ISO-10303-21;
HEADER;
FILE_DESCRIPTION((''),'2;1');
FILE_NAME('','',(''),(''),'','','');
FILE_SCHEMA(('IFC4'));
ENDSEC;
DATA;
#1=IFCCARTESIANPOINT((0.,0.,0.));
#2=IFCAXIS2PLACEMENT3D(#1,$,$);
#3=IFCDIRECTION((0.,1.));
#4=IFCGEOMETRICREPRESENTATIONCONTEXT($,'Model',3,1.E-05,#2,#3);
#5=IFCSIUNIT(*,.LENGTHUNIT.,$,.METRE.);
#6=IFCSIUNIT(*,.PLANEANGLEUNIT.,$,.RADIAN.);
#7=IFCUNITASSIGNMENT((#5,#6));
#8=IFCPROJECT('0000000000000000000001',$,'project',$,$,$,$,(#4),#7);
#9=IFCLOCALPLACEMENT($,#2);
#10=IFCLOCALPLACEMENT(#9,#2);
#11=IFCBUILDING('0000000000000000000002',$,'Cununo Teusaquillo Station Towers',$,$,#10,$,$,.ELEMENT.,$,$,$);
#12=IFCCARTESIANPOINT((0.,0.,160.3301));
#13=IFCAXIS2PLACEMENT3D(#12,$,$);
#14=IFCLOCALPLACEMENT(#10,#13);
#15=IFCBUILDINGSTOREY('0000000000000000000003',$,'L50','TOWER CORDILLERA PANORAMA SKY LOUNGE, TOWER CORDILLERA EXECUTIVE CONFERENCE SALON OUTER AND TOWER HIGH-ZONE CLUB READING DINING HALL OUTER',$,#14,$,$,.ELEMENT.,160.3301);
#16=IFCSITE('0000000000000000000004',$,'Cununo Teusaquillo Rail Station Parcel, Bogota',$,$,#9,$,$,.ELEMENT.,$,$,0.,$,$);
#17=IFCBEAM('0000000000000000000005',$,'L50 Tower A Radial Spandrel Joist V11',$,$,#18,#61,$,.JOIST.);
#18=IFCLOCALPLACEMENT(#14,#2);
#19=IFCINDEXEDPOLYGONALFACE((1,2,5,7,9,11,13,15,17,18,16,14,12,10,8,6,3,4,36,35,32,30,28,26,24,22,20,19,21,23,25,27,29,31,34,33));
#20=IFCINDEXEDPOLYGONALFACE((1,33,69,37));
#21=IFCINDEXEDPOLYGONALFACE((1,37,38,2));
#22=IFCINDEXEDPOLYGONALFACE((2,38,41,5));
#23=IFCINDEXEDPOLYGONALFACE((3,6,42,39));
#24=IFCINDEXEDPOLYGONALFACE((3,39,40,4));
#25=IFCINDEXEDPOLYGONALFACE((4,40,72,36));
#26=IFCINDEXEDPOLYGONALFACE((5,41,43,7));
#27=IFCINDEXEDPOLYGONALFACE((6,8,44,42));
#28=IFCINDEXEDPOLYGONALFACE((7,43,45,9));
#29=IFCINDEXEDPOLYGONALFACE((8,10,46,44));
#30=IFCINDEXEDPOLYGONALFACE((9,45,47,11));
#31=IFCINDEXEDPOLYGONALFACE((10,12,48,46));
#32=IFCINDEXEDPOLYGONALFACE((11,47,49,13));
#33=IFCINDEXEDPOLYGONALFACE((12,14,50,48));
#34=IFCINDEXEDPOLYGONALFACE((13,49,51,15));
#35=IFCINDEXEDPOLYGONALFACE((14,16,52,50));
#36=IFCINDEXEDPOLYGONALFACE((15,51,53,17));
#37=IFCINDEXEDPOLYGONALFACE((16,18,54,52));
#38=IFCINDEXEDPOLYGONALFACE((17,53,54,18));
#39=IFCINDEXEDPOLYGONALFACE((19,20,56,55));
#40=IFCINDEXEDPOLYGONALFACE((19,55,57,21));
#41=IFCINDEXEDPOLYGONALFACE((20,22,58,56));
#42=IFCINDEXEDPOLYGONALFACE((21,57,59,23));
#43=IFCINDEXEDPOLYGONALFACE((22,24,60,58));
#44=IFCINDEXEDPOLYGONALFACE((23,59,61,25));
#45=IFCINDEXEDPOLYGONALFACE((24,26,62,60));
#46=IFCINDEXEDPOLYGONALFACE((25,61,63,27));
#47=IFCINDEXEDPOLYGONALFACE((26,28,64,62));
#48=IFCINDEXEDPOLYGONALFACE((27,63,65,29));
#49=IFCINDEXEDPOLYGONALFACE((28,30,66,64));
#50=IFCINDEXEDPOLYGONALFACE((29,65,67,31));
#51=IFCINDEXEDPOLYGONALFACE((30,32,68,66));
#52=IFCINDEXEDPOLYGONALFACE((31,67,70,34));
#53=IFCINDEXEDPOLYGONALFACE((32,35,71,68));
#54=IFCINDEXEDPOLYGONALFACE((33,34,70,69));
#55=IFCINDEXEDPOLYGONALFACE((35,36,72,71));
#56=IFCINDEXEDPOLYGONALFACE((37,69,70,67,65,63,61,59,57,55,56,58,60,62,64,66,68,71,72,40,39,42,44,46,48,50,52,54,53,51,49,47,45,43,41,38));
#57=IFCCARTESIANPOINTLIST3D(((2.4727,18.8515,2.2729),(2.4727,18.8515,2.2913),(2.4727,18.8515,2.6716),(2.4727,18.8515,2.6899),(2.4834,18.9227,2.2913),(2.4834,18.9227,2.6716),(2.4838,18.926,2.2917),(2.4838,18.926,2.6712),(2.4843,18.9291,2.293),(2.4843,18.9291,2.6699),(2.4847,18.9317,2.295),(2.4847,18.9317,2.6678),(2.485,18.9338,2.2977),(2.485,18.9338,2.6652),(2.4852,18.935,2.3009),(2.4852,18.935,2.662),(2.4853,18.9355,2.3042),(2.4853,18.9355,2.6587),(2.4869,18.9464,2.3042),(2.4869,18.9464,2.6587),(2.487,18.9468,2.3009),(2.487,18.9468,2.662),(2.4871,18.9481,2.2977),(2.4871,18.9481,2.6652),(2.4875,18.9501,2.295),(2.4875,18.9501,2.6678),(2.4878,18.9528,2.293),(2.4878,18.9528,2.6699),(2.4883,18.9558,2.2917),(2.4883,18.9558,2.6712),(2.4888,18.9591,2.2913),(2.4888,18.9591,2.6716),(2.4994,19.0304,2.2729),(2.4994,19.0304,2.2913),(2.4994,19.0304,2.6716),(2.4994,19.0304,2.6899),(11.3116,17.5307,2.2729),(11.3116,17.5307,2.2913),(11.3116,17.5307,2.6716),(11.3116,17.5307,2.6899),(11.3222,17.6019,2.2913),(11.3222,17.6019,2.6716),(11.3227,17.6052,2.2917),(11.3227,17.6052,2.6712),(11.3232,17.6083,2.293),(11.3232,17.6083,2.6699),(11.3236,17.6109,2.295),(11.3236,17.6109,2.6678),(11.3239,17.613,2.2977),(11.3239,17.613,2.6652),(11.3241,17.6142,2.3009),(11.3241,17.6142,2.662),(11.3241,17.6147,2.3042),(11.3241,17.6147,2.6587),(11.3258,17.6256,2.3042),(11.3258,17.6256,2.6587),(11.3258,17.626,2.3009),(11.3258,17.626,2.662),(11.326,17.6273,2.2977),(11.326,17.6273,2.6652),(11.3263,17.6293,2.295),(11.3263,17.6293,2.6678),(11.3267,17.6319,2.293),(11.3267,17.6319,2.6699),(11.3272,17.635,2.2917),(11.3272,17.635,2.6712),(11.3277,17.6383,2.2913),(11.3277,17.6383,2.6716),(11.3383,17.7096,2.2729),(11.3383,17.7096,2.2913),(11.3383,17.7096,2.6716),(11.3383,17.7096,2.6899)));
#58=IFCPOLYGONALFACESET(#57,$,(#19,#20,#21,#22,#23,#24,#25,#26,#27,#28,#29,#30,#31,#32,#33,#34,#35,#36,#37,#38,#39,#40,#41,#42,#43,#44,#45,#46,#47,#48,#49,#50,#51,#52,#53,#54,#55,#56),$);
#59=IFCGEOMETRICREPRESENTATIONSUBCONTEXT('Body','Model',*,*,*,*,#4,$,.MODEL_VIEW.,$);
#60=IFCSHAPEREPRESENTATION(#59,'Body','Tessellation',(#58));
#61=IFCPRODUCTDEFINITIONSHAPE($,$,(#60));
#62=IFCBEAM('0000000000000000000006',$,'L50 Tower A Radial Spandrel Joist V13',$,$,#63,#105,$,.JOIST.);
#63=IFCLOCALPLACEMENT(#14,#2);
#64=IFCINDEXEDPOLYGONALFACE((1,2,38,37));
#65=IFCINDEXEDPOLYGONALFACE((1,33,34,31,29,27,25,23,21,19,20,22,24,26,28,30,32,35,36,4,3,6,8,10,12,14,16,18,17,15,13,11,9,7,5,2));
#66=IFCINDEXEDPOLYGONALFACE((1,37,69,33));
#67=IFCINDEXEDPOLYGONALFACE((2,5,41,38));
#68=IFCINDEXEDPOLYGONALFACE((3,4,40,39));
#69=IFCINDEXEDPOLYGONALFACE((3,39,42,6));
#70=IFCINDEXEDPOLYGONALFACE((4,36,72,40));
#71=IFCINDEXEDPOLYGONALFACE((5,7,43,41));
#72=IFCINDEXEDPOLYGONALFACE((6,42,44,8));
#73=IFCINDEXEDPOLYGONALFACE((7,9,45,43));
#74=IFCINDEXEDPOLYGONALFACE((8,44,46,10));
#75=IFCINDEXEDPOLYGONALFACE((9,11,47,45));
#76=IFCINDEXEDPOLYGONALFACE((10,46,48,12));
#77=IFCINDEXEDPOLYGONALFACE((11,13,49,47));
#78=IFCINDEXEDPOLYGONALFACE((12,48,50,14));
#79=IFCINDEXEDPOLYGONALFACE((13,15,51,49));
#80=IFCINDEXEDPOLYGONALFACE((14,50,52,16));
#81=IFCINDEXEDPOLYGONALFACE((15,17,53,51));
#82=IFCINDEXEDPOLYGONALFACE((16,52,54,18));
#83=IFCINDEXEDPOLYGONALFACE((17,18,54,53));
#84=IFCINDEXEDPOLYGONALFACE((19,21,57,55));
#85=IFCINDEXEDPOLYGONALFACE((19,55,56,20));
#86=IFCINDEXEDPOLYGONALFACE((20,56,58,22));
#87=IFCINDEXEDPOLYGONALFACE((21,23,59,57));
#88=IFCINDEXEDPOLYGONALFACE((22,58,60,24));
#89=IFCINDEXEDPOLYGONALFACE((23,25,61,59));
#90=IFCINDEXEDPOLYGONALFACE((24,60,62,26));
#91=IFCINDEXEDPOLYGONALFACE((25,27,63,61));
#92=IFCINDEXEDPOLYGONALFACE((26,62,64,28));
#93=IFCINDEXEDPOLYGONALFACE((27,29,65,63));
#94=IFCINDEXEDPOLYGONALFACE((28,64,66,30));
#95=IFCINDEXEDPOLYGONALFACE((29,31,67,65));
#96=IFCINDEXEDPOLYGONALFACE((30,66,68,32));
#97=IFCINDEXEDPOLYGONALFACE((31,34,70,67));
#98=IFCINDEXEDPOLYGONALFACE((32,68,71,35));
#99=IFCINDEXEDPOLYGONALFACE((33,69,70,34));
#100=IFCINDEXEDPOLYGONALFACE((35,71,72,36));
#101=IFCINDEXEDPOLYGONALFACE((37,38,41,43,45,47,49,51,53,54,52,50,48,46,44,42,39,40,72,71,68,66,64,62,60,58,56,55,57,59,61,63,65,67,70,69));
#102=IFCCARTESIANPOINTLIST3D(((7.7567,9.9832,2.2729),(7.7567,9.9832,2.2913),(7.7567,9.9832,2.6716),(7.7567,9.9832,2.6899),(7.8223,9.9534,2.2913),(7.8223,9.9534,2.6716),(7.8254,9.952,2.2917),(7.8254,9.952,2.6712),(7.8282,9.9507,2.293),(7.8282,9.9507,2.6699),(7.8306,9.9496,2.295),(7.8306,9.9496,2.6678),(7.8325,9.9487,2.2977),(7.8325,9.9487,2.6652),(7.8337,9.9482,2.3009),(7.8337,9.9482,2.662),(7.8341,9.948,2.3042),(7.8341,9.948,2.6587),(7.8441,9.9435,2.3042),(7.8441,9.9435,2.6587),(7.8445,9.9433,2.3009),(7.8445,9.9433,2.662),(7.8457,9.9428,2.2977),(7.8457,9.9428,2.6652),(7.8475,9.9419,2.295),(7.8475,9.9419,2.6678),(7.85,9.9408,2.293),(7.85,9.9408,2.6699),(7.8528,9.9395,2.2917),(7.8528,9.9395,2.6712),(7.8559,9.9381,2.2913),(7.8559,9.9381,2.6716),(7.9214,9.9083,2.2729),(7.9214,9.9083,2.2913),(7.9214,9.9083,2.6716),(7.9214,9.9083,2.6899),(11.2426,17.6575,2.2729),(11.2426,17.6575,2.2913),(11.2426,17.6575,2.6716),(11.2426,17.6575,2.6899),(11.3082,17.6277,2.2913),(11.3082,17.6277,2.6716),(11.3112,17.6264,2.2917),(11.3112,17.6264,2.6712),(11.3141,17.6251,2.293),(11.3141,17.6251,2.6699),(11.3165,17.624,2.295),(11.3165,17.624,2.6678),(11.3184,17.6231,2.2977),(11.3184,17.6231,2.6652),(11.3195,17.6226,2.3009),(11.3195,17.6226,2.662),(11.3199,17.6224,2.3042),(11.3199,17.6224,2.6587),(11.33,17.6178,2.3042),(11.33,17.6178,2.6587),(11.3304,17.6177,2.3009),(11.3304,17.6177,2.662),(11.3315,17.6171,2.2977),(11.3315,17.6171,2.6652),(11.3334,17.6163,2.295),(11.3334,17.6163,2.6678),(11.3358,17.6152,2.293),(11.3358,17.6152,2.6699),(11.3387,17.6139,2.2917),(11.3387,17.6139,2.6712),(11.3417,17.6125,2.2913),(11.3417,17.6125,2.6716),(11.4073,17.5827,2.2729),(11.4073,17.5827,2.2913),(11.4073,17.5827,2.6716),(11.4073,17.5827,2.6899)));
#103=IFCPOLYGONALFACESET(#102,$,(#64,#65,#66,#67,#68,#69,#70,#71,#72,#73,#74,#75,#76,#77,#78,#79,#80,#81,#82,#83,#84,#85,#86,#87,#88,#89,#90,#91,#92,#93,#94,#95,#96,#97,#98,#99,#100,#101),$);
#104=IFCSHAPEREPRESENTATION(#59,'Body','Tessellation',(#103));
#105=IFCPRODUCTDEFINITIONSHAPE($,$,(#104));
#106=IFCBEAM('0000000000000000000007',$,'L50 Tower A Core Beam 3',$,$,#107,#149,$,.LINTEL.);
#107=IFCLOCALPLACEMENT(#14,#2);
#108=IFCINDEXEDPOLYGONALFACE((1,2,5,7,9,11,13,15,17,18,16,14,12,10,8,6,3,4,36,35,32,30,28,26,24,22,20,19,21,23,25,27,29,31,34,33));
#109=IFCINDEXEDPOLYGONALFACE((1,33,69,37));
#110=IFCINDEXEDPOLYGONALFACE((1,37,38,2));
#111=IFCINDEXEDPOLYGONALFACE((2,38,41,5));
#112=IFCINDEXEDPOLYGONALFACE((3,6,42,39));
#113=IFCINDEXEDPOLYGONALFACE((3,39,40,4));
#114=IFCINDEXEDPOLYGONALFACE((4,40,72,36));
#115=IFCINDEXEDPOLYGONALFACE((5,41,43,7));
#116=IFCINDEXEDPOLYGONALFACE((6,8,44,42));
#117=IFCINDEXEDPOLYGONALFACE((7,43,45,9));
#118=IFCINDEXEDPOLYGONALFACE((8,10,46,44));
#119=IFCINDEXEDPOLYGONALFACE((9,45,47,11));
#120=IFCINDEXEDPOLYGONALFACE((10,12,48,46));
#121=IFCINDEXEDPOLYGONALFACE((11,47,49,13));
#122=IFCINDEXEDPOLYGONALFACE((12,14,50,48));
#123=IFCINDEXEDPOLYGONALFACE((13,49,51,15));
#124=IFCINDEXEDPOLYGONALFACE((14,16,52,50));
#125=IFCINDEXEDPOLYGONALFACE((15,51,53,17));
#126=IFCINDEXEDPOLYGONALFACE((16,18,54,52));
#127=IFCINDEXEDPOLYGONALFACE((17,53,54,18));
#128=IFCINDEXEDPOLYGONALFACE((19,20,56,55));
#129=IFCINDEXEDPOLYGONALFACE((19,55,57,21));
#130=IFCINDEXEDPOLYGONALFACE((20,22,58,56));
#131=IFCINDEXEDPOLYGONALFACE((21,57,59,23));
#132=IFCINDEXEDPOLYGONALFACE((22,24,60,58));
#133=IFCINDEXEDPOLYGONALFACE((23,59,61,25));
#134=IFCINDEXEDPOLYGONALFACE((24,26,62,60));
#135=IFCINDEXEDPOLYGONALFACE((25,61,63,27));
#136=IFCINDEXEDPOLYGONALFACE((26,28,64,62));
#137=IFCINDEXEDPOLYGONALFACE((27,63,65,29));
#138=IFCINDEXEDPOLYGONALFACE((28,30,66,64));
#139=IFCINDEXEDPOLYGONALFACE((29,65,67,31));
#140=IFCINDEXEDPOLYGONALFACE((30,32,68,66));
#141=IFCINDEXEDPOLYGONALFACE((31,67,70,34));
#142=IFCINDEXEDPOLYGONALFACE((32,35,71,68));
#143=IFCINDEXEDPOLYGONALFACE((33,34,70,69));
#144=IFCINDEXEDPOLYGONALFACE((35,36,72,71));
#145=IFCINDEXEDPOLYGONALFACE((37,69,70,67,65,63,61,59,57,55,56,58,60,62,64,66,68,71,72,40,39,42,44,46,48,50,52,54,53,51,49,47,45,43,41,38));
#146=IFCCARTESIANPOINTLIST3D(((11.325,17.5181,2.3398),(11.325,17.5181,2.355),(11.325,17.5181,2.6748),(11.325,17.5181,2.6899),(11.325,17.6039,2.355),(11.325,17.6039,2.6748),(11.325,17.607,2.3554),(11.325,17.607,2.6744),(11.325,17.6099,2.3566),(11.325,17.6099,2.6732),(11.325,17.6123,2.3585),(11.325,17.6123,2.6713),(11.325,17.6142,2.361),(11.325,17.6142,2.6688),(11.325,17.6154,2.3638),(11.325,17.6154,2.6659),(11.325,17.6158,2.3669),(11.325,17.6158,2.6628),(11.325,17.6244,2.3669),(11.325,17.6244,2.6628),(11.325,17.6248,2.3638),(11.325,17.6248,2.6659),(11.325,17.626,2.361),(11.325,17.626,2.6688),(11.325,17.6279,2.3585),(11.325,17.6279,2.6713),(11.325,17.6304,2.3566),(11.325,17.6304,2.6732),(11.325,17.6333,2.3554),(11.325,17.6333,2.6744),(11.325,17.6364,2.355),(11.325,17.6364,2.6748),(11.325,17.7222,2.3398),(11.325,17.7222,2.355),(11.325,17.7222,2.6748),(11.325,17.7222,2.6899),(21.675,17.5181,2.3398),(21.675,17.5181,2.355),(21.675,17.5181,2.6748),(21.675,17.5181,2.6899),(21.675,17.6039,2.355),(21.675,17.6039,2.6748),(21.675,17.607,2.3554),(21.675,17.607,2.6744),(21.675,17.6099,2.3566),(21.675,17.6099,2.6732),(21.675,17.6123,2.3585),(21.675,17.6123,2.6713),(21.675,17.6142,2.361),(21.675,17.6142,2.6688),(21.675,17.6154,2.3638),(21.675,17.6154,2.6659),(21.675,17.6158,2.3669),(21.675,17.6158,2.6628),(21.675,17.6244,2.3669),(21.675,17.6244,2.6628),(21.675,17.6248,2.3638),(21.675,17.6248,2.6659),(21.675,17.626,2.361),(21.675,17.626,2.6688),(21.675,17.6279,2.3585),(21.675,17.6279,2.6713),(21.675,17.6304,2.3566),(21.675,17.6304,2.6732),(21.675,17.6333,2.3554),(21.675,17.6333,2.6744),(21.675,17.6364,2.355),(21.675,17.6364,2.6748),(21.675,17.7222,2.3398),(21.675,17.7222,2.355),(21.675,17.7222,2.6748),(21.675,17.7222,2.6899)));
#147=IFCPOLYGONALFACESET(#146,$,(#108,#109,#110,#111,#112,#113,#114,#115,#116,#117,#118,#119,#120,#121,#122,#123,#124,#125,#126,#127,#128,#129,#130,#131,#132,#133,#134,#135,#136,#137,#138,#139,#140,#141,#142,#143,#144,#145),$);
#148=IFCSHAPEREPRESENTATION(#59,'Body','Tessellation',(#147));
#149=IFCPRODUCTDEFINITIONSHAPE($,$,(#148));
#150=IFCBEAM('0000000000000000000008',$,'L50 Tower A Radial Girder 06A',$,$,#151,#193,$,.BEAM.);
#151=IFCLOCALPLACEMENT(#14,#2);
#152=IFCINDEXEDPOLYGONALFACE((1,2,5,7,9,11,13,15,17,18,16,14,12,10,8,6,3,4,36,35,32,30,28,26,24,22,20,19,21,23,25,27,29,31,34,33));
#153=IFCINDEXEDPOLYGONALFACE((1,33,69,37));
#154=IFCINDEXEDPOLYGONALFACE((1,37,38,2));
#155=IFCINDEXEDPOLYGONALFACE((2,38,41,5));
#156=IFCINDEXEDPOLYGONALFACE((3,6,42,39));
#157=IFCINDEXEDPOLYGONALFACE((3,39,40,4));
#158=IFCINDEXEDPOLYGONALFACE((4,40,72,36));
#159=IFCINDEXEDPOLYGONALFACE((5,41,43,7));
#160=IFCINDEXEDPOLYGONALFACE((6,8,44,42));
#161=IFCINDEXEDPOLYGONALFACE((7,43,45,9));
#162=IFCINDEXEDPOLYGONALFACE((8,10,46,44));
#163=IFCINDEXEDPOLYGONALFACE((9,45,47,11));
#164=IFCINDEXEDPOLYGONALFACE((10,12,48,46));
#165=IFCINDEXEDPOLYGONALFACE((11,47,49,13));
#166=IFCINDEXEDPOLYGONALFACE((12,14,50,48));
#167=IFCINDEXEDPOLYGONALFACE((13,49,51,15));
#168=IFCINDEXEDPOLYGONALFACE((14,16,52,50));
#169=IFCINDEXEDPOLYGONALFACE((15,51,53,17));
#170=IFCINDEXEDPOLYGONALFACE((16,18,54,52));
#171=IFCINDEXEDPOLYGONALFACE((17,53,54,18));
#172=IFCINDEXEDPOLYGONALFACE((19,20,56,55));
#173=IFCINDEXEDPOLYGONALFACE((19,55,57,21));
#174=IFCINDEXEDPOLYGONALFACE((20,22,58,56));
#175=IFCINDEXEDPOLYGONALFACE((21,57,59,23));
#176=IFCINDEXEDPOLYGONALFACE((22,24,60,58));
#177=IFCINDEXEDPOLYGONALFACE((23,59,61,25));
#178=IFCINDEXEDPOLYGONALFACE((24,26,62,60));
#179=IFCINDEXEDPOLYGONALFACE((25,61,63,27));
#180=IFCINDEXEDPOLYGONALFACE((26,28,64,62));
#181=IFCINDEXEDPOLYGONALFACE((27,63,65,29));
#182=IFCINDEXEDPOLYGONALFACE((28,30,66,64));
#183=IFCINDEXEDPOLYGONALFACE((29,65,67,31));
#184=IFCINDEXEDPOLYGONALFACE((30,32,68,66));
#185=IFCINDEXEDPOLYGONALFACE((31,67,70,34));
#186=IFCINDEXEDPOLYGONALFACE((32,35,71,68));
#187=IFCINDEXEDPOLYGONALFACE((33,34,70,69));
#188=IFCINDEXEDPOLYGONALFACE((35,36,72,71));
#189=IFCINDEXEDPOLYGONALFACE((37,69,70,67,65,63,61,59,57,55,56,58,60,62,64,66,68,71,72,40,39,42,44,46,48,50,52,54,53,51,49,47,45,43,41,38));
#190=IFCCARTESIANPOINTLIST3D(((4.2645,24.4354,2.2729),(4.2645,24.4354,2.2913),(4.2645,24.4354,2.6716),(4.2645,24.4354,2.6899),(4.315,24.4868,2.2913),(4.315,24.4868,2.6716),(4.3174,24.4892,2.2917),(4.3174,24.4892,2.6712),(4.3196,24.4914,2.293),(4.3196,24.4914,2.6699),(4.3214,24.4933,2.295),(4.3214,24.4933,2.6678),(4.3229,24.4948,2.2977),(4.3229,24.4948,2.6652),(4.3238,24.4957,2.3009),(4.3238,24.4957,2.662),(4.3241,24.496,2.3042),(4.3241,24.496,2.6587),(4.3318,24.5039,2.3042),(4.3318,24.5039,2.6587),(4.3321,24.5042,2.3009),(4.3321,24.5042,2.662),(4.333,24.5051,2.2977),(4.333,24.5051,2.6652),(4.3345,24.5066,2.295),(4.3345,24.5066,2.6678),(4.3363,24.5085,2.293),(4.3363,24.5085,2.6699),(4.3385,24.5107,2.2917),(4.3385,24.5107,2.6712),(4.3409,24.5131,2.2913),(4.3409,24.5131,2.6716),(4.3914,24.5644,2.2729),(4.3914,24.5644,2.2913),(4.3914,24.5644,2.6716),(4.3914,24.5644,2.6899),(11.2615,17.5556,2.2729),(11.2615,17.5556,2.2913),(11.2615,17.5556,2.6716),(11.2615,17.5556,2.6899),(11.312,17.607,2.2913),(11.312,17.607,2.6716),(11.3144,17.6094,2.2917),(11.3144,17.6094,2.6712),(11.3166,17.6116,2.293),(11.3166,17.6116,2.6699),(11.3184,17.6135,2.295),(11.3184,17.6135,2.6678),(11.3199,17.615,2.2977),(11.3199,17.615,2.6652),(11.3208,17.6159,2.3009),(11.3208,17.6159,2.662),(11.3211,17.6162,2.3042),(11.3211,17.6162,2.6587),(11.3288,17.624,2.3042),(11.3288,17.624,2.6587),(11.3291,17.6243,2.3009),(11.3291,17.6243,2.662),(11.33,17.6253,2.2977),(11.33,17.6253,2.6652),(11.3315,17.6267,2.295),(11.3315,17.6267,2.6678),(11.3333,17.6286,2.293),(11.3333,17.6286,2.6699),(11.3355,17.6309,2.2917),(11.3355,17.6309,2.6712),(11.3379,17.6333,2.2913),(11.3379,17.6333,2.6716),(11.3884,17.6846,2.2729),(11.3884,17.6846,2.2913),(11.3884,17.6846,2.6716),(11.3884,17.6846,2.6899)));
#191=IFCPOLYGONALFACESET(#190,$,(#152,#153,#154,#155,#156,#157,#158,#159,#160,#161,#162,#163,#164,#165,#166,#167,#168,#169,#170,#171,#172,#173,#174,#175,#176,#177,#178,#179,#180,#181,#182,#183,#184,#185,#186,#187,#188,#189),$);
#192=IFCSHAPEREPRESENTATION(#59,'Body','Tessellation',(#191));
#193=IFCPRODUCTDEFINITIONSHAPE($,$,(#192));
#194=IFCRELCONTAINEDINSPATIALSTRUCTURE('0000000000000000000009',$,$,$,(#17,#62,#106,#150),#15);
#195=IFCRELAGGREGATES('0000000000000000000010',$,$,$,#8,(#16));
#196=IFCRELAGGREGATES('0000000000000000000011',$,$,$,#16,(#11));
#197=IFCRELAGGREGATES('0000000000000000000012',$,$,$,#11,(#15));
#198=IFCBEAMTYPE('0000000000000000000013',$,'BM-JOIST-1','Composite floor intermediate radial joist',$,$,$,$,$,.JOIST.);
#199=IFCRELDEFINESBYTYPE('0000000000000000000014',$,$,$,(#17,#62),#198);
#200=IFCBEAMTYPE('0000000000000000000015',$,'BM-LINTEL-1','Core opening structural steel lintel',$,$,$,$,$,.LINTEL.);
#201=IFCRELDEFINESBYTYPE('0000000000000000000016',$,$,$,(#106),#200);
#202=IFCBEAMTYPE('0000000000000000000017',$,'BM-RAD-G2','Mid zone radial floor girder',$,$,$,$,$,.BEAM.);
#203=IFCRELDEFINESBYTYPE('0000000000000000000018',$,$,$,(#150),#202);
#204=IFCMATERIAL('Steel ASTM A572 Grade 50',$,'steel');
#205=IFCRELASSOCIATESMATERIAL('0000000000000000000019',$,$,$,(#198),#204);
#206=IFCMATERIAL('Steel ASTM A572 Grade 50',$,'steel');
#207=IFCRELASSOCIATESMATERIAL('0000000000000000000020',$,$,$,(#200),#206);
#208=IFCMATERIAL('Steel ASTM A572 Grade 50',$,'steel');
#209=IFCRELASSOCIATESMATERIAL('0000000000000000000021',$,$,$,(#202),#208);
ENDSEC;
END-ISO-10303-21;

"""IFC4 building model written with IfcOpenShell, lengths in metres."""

from ifc_helpers import new_model, si_unit, direction, frame, origin, origin_2d, place, context, subcontext, project, spatial, i_section, extrude, material, material_profile, profile_set, type_object, element, save


model = new_model("IFC4")

# Units and contexts
model_context = context("Model", 3, precision=1e-05, world=origin(), true_north=direction((0.0, 1.0)))
body_context = subcontext(model_context, "Body", "Model", "MODEL_VIEW")
ifc_project = project(units=[si_unit("LENGTHUNIT", "METRE"), si_unit("PLANEANGLEUNIT", "RADIAN")], contexts=[model_context])

# Site, building, storey
site_placement = place(None, origin())
site = spatial("IfcSite", under=ifc_project, at=site_placement, Name="Cununo Teusaquillo Rail Station Parcel, Bogota", CompositionType="ELEMENT", RefElevation=0.0)
building_placement = place(site_placement, origin())
building = spatial("IfcBuilding", under=site, at=building_placement, Name="Cununo Teusaquillo Station Towers", CompositionType="ELEMENT")
storey_placement = place(building_placement, frame((0.0, 0.0, 160.3301)))
storey = spatial("IfcBuildingStorey", under=building, at=storey_placement, Name="L50", Description="TOWER CORDILLERA PANORAMA SKY LOUNGE, TOWER CORDILLERA EXECUTIVE CONFERENCE SALON OUTER AND TOWER HIGH-ZONE CLUB READING DINING HALL OUTER", CompositionType="ELEMENT", Elevation=160.3301)

# Beams
ifc_material_1 = material(Name="Steel ASTM A572 Grade 50", Category="steel")
ifc_material_profile_1 = material_profile(ifc_material_1, i_section(OverallWidth=0.1809, OverallDepth=0.417, WebThickness=0.011, FlangeThickness=0.0183, FilletRadius=0.0129, at=origin_2d()), Name="W16X57")
ifc_profile_set_1 = profile_set([ifc_material_profile_1], Name="Steel ASTM A572 Grade 50")
beam_type_1 = type_object("IfcBeamType", Name="BM-JOIST-1", Description="Composite floor intermediate radial joist", PredefinedType="JOIST", material=ifc_profile_set_1)
beam_1_placement = place(storey_placement, frame((11.325, 17.6201, 2.4814), z_axis=(-0.989019, 0.14779, 0.0), x_axis=(-0.14779, -0.989019, 0.0)))
element("IfcBeam", 1, at=beam_1_placement, inside=storey, type_object=beam_type_1, Name="L50 Tower A Radial Spandrel Joist V11", PredefinedType="JOIST", context=body_context, shape_type="SweptSolid", body=[
    extrude(i_section(OverallWidth=0.1809, OverallDepth=0.417, WebThickness=0.011, FlangeThickness=0.0183, FilletRadius=0.0129, at=origin_2d()), origin(), (0.0, 0.0, 1.0), 8.937),
])
beam_2_placement = place(storey_placement, frame((11.325, 17.6201, 2.4814), z_axis=(-0.413559, -0.910478, 0.0), x_axis=(0.910478, -0.413559, 0.0)))
element("IfcBeam", 2, at=beam_2_placement, inside=storey, type_object=beam_type_1, Name="L50 Tower A Radial Spandrel Joist V13", PredefinedType="JOIST", context=body_context, shape_type="SweptSolid", body=[
    extrude(i_section(OverallWidth=0.1809, OverallDepth=0.417, WebThickness=0.011, FlangeThickness=0.0183, FilletRadius=0.0129, at=origin_2d()), origin(), (0.0, 0.0, 1.0), 8.429),
])
ifc_material_2 = material(Name="Steel ASTM A572 Grade 50", Category="steel")
ifc_material_profile_2 = material_profile(ifc_material_2, i_section(OverallWidth=0.2041, OverallDepth=0.3501, WebThickness=0.0085, FlangeThickness=0.0151, FilletRadius=0.012, at=origin_2d()), Name="W14X48")
ifc_profile_set_2 = profile_set([ifc_material_profile_2], Name="Steel ASTM A572 Grade 50")
beam_type_2 = type_object("IfcBeamType", Name="BM-LINTEL-1", Description="Core opening structural steel lintel", PredefinedType="LINTEL", material=ifc_profile_set_2)
beam_3_placement = place(storey_placement, frame((11.325, 17.6201, 2.5149), z_axis=(1.0, 0.0, 0.0), x_axis=(0.0, 1.0, 0.0)))
element("IfcBeam", 3, at=beam_3_placement, inside=storey, type_object=beam_type_2, Name="L50 Tower A Core Beam 3", PredefinedType="LINTEL", context=body_context, shape_type="SweptSolid", body=[
    extrude(i_section(OverallWidth=0.2041, OverallDepth=0.3501, WebThickness=0.0085, FlangeThickness=0.0151, FilletRadius=0.012, at=origin_2d()), origin(), (0.0, 0.0, 1.0), 10.3501),
])
ifc_material_3 = material(Name="Steel ASTM A572 Grade 50", Category="steel")
ifc_material_profile_3 = material_profile(ifc_material_3, i_section(OverallWidth=0.1809, OverallDepth=0.417, WebThickness=0.011, FlangeThickness=0.0183, FilletRadius=0.0129, at=origin_2d()), Name="W16X57")
ifc_profile_set_3 = profile_set([ifc_material_profile_3], Name="Steel ASTM A572 Grade 50")
beam_type_3 = type_object("IfcBeamType", Name="BM-RAD-G2", Description="Mid zone radial floor girder", PredefinedType="BEAM", material=ifc_profile_set_3)
beam_4_placement = place(storey_placement, frame((11.325, 17.6201, 2.4814), z_axis=(-0.713053, 0.70111, 0.0), x_axis=(-0.70111, -0.713053, 0.0)))
element("IfcBeam", 4, at=beam_4_placement, inside=storey, type_object=beam_type_3, Name="L50 Tower A Radial Girder 06A", PredefinedType="BEAM", context=body_context, shape_type="SweptSolid", body=[
    extrude(i_section(OverallWidth=0.1809, OverallDepth=0.417, WebThickness=0.011, FlangeThickness=0.0183, FilletRadius=0.0129, at=origin_2d()), origin(), (0.0, 0.0, 1.0), 9.8127),
])

save(model, "model.ifc")
